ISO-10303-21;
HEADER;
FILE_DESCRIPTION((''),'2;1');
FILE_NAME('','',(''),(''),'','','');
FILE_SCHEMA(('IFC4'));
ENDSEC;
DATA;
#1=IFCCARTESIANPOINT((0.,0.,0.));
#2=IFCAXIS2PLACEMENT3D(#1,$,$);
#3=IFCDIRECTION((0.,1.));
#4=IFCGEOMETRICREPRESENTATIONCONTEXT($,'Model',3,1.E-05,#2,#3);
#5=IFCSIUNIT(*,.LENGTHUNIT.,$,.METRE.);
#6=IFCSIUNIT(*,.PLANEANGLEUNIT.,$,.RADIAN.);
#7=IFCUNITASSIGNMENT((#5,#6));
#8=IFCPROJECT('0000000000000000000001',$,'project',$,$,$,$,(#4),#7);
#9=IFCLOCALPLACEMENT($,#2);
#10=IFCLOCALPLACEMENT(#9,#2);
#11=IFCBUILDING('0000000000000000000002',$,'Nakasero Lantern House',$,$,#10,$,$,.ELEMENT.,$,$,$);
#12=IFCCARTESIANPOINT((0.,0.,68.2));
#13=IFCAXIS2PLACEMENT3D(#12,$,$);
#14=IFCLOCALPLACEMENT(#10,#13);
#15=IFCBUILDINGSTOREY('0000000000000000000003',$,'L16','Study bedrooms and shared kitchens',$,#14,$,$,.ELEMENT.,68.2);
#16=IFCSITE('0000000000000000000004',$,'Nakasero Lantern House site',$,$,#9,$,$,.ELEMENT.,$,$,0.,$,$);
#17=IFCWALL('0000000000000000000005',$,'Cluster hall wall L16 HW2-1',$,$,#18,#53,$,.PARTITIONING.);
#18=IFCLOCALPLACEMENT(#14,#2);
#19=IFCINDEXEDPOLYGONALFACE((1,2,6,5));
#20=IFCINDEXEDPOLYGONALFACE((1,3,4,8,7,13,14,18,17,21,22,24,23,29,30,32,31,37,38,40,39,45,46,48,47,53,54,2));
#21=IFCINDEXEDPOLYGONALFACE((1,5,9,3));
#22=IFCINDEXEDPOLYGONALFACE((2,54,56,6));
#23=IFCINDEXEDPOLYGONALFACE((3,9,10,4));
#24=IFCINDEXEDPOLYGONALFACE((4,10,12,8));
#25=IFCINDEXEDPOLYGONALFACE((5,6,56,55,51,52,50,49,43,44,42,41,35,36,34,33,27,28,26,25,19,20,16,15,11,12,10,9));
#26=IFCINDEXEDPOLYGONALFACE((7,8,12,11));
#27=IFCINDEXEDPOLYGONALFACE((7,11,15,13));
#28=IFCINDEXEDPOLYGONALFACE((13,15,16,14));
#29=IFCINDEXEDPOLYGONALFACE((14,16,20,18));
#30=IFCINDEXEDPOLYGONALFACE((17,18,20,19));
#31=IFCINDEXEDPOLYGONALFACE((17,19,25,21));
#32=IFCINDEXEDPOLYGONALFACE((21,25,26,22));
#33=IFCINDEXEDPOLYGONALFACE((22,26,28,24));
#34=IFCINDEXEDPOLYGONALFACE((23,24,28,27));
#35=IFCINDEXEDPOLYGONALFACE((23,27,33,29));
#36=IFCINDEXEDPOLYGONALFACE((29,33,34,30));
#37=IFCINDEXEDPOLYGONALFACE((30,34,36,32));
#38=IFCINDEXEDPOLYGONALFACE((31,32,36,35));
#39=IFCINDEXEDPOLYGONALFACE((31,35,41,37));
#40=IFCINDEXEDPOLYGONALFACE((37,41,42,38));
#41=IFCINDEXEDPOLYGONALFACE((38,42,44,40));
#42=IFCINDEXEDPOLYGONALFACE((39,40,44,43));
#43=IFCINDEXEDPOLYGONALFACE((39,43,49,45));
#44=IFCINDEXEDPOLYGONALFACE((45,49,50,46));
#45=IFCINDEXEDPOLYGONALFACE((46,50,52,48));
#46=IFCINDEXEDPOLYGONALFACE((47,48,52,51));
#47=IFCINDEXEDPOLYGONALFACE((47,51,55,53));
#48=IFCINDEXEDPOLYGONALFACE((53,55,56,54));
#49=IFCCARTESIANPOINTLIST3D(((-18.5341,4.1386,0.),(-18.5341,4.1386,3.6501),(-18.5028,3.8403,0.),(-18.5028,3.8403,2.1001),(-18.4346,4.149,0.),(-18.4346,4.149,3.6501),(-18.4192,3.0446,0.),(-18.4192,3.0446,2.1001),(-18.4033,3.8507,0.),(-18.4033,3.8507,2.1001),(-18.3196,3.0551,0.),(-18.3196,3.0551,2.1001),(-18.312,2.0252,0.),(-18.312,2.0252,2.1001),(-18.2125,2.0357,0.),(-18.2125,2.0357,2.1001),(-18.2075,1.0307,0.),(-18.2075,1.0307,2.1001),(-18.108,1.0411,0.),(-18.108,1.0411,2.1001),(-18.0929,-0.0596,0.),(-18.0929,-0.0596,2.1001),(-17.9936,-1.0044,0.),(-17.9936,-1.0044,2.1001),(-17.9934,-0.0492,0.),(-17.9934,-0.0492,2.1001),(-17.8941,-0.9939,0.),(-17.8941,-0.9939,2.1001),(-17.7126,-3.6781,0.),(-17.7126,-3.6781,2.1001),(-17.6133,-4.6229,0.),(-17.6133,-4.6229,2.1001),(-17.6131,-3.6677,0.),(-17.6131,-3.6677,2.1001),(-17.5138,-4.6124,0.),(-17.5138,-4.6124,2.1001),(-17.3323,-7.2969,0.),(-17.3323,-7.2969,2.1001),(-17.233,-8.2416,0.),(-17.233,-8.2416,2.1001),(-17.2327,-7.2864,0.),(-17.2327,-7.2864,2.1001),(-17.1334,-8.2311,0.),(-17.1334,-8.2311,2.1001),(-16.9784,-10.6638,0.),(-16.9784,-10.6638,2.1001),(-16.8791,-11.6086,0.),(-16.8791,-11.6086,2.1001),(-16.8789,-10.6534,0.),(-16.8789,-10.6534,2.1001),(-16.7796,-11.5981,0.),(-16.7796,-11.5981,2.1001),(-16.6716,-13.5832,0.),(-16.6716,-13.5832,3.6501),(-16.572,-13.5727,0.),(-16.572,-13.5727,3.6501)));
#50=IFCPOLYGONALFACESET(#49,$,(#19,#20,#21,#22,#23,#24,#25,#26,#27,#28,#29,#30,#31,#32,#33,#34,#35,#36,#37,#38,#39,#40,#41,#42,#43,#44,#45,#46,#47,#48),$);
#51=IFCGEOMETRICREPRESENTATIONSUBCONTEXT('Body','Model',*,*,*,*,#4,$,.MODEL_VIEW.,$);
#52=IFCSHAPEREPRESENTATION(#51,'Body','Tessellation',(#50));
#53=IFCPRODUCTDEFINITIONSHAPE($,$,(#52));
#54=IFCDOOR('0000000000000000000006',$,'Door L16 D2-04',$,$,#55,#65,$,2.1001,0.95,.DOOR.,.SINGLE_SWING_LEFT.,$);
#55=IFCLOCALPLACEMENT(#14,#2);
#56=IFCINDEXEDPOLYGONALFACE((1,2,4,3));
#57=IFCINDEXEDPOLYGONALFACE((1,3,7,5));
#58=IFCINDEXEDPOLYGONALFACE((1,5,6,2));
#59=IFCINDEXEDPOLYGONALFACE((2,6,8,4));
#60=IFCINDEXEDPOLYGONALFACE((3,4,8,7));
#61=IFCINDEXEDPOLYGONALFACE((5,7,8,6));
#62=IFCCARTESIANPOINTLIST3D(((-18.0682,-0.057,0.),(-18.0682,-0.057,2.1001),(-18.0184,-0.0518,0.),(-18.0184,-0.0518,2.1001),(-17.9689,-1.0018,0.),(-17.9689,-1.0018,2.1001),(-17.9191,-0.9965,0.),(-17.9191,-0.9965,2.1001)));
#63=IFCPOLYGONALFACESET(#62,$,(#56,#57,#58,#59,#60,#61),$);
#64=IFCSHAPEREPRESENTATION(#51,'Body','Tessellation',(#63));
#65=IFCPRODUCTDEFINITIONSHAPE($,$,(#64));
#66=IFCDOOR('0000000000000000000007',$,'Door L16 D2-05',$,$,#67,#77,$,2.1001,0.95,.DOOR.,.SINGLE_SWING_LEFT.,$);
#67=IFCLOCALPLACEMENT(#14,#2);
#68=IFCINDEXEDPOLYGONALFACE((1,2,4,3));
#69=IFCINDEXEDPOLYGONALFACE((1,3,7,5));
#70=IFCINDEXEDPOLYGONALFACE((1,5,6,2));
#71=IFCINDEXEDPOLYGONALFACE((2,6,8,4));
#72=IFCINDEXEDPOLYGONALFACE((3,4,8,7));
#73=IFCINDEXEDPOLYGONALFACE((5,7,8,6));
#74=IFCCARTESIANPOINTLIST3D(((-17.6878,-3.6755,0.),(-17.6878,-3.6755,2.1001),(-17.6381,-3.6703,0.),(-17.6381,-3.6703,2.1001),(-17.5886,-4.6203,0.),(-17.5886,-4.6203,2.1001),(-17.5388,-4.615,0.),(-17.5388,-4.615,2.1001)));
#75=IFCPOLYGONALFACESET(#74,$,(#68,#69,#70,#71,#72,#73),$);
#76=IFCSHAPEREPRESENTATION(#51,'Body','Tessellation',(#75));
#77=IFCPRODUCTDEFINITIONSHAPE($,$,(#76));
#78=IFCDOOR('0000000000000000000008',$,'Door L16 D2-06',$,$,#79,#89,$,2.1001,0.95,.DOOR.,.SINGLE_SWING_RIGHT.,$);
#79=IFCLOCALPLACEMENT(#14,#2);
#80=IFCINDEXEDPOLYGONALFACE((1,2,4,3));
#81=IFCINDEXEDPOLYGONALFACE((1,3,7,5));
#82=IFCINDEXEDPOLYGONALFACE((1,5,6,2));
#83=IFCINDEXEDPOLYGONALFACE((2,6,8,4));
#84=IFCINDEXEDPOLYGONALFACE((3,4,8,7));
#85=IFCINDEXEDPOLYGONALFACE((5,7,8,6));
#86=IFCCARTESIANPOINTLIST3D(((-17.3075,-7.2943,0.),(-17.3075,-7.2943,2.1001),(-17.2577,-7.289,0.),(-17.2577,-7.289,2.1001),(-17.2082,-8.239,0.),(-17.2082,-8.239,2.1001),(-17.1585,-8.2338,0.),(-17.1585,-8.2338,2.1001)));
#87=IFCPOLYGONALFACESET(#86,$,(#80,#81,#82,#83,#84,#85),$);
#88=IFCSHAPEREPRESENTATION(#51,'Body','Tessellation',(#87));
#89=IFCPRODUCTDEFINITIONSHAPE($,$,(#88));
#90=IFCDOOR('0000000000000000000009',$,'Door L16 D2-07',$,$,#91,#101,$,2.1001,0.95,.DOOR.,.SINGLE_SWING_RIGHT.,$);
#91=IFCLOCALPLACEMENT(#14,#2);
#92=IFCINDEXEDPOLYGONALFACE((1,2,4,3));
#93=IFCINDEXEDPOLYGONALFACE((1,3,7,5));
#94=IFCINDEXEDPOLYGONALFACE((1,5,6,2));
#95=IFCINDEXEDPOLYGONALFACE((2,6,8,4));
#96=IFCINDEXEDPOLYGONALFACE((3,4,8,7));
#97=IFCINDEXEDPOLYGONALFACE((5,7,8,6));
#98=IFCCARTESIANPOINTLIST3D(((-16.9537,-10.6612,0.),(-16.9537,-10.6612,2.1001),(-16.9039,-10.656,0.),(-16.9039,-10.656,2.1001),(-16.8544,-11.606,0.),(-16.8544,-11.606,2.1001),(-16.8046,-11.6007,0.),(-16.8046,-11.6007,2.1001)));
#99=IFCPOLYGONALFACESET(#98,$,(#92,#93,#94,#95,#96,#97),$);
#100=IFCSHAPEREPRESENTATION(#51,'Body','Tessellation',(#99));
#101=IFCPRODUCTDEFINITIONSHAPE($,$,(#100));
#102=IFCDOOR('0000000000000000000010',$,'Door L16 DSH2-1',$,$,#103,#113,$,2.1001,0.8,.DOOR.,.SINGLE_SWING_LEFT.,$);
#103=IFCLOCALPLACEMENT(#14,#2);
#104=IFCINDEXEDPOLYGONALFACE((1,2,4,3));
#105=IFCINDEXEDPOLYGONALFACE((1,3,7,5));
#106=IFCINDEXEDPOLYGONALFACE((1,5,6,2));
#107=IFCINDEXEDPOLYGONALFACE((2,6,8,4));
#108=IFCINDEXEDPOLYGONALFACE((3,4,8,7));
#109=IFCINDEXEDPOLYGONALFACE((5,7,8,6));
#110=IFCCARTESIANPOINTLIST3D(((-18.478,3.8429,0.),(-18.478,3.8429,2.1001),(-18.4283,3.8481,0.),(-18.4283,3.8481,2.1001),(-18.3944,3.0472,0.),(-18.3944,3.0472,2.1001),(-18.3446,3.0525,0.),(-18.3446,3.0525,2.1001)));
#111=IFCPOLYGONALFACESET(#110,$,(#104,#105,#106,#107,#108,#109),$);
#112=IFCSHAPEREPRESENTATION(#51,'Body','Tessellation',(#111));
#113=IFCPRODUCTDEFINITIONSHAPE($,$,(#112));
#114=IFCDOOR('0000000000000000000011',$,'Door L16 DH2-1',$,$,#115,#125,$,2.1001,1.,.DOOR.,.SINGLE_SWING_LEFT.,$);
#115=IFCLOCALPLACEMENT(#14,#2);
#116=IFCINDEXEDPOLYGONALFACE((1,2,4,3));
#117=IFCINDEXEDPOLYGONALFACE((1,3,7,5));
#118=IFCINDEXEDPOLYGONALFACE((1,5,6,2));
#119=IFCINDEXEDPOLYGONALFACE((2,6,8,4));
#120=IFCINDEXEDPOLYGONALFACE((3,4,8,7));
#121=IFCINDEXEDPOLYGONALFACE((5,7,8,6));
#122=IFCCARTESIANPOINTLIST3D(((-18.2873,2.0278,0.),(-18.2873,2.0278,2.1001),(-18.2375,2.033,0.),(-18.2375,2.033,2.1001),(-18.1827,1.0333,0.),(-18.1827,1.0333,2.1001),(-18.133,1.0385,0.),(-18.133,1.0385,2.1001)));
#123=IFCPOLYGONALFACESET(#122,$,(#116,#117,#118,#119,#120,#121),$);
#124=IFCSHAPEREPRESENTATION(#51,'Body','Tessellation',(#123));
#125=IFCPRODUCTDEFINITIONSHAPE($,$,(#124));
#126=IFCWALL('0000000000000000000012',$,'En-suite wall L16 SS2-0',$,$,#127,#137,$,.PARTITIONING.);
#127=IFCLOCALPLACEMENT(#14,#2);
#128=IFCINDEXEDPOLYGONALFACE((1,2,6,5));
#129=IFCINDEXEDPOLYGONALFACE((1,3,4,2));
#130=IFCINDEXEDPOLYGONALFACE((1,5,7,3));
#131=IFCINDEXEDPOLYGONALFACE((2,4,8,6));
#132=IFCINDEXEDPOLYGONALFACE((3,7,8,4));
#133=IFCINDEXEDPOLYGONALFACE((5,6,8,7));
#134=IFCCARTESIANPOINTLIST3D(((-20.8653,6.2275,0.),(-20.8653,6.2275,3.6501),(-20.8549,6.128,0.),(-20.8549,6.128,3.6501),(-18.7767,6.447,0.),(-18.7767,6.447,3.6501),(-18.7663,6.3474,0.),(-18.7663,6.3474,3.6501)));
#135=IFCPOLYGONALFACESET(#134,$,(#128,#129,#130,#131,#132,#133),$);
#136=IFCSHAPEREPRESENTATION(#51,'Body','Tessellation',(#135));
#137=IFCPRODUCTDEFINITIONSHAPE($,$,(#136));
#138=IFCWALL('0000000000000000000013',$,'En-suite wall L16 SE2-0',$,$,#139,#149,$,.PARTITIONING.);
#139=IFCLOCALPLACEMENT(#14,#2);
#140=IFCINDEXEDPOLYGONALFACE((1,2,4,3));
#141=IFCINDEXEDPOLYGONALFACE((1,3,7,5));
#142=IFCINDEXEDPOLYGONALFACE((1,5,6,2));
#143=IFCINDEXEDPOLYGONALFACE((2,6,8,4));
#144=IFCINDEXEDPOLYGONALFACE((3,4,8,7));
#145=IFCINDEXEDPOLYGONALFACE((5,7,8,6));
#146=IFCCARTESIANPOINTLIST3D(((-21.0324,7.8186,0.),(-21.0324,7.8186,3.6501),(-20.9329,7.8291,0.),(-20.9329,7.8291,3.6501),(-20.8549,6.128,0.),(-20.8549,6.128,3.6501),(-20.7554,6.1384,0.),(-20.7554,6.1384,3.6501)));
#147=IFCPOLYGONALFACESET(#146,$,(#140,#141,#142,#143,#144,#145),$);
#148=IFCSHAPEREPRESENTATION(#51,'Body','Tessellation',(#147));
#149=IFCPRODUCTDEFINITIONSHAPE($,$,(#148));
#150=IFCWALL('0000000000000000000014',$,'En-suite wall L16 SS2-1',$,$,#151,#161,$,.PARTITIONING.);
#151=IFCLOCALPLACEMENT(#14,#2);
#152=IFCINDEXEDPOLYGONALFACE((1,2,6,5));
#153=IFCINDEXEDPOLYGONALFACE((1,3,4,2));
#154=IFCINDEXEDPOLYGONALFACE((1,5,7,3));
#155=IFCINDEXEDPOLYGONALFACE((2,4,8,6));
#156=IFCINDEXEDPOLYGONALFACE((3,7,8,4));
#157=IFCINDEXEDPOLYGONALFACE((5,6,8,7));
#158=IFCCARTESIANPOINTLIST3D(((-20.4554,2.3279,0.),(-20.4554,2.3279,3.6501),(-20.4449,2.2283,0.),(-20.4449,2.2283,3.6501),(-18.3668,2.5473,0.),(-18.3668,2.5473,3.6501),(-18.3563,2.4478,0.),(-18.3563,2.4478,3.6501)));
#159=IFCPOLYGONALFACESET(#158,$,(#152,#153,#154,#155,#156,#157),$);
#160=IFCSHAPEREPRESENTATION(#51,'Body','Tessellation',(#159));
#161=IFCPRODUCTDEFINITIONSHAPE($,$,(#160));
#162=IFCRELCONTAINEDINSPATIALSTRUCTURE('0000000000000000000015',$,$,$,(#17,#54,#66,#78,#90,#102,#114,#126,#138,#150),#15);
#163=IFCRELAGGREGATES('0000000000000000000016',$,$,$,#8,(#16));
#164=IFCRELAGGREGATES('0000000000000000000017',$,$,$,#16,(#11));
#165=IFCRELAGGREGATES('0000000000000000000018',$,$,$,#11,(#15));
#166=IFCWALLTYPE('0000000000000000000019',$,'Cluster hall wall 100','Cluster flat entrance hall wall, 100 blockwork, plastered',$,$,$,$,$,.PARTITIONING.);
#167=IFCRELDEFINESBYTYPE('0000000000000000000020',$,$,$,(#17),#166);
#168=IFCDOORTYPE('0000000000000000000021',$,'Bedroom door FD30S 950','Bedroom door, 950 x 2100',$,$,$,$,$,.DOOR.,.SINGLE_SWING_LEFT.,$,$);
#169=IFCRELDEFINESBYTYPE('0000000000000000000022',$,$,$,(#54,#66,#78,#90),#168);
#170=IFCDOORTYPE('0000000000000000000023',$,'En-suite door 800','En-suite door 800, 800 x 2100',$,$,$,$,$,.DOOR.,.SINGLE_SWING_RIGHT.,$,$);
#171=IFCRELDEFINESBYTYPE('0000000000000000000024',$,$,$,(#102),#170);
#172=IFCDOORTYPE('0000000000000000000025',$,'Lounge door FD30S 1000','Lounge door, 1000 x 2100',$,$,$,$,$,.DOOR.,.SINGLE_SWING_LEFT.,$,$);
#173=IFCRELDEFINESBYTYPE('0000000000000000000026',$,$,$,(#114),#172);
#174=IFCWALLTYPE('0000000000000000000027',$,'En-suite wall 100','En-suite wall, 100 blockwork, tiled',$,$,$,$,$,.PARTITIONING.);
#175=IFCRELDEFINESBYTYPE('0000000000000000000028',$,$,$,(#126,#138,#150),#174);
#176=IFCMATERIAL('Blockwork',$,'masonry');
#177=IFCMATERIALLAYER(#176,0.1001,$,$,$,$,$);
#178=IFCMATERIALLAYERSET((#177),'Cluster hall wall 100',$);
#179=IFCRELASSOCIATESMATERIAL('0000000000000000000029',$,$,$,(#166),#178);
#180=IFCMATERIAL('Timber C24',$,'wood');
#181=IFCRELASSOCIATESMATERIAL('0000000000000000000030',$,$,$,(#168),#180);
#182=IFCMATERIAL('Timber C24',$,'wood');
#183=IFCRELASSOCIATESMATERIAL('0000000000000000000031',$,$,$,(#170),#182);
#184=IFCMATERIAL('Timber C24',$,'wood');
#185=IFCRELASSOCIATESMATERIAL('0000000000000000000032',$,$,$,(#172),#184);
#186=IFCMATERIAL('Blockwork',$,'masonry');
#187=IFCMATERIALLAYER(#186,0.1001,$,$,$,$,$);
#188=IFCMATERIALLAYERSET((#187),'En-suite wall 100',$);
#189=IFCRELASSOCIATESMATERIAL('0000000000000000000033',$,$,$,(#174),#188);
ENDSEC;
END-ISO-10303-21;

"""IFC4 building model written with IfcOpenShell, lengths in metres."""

from ifc_helpers import new_model, si_unit, direction, frame, frame_2d, origin, place, context, subcontext, project, spatial, rectangle, extrude, material, layer, layer_set, type_object, element, fill, save


model = new_model("IFC4")

# Units and contexts
model_context = context("Model", 3, precision=1e-05, world=origin(), true_north=direction((0.0, 1.0)))
body_context = subcontext(model_context, "Body", "Model", "MODEL_VIEW")
ifc_project = project(units=[si_unit("LENGTHUNIT", "METRE"), si_unit("PLANEANGLEUNIT", "RADIAN")], contexts=[model_context])

# Site, building, storey
site_placement = place(None, origin())
site = spatial("IfcSite", under=ifc_project, at=site_placement, Name="Nakasero Lantern House site", CompositionType="ELEMENT", RefElevation=0.0)
building_placement = place(site_placement, origin())
building = spatial("IfcBuilding", under=site, at=building_placement, Name="Nakasero Lantern House", CompositionType="ELEMENT")
storey_placement = place(building_placement, frame((0.0, 0.0, 68.2)))
storey = spatial("IfcBuildingStorey", under=building, at=storey_placement, Name="L16", Description="Study bedrooms and shared kitchens", CompositionType="ELEMENT", Elevation=68.2)

# Wall, openings, doors
ifc_material_1 = material(Name="Blockwork", Category="masonry")
ifc_layer_1 = layer(ifc_material_1, 0.1001)
ifc_layer_set_1 = layer_set([ifc_layer_1], Name="Cluster hall wall 100")
wall_type_1 = type_object("IfcWallType", Name="Cluster hall wall 100", Description="Cluster flat entrance hall wall, 100 blockwork, plastered", PredefinedType="PARTITIONING", material=ifc_layer_set_1)
wall_1_placement = place(storey_placement, frame((-18.4844, 4.1438, 0.0), z_axis=(0.0, 0.0, 1.0), x_axis=(0.104524, -0.994522, 0.0)))
wall_1 = element("IfcWall", 1, at=wall_1_placement, inside=storey, type_object=wall_type_1, Name="Cluster hall wall L16 HW2-1", PredefinedType="PARTITIONING", context=body_context, shape_type="SweptSolid", body=[
    extrude(rectangle(XDim=17.8193, YDim=0.1001, at=frame_2d((8.9097, 0.0))), origin(), (0.0, 0.0, 1.0), 3.6501),
])
opening_1_placement = place(wall_1_placement, frame((2.125, 0.0, 0.0)))
opening_1 = element("IfcOpeningElement", 2, at=opening_1_placement, cuts=wall_1, PredefinedType="OPENING", context=body_context, shape_type="SweptSolid", body=[
    extrude(rectangle(XDim=1.0, YDim=2.1001, at=frame_2d((0.5, 1.05))), frame((0.0, 0.0701, 0.0), z_axis=(0.0, -1.0, 0.0), x_axis=(1.0, 0.0, 0.0)), (0.0, 0.0, 1.0), 0.1401),
])
opening_2_placement = place(wall_1_placement, frame((0.3, 0.0, 0.0)))
opening_2 = element("IfcOpeningElement", 3, at=opening_2_placement, cuts=wall_1, PredefinedType="OPENING", context=body_context, shape_type="SweptSolid", body=[
    extrude(rectangle(XDim=0.8, YDim=2.1001, at=frame_2d((0.3999, 1.05))), frame((0.0, 0.0701, 0.0), z_axis=(0.0, -1.0, 0.0), x_axis=(1.0, 0.0, 0.0)), (0.0, 0.0, 1.0), 0.1401),
])
opening_3_placement = place(wall_1_placement, frame((4.2212, 0.0, 0.0)))
opening_3 = element("IfcOpeningElement", 4, at=opening_3_placement, cuts=wall_1, PredefinedType="OPENING", context=body_context, shape_type="SweptSolid", body=[
    extrude(rectangle(XDim=0.95, YDim=2.1001, at=frame_2d((0.4751, 1.05))), frame((0.0, 0.0701, 0.0), z_axis=(0.0, -1.0, 0.0), x_axis=(1.0, 0.0, 0.0)), (0.0, 0.0, 1.0), 0.1401),
])
opening_4_placement = place(wall_1_placement, frame((7.8596, 0.0, 0.0)))
opening_4 = element("IfcOpeningElement", 5, at=opening_4_placement, cuts=wall_1, PredefinedType="OPENING", context=body_context, shape_type="SweptSolid", body=[
    extrude(rectangle(XDim=0.95, YDim=2.1001, at=frame_2d((0.4751, 1.05))), frame((0.0, 0.0701, 0.0), z_axis=(0.0, -1.0, 0.0), x_axis=(1.0, 0.0, 0.0)), (0.0, 0.0, 1.0), 0.1401),
])
opening_5_placement = place(wall_1_placement, frame((11.4983, 0.0, 0.0)))
opening_5 = element("IfcOpeningElement", 6, at=opening_5_placement, cuts=wall_1, PredefinedType="OPENING", context=body_context, shape_type="SweptSolid", body=[
    extrude(rectangle(XDim=0.95, YDim=2.1001, at=frame_2d((0.4751, 1.05))), frame((0.0, 0.0701, 0.0), z_axis=(0.0, -1.0, 0.0), x_axis=(1.0, 0.0, 0.0)), (0.0, 0.0, 1.0), 0.1401),
])
opening_6_placement = place(wall_1_placement, frame((14.8838, 0.0, 0.0)))
opening_6 = element("IfcOpeningElement", 7, at=opening_6_placement, cuts=wall_1, PredefinedType="OPENING", context=body_context, shape_type="SweptSolid", body=[
    extrude(rectangle(XDim=0.95, YDim=2.1001, at=frame_2d((0.4751, 1.05))), frame((0.0, 0.0701, 0.0), z_axis=(0.0, -1.0, 0.0), x_axis=(1.0, 0.0, 0.0)), (0.0, 0.0, 1.0), 0.1401),
])
ifc_material_2 = material(Name="Timber C24", Category="wood")
door_type_1 = type_object("IfcDoorType", Name="Bedroom door FD30S 950", Description="Bedroom door, 950 x 2100", OperationType="SINGLE_SWING_LEFT", PredefinedType="DOOR", material=ifc_material_2)
door_1_placement = place(opening_3_placement, origin())
door_1 = element("IfcDoor", 8, at=door_1_placement, inside=storey, type_object=door_type_1, Name="Door L16 D2-04", OperationType="SINGLE_SWING_LEFT", OverallHeight=2.1001, OverallWidth=0.95, PredefinedType="DOOR", context=body_context, shape_type="SweptSolid", body=[
    extrude(rectangle(XDim=0.95, YDim=2.1001, at=frame_2d((0.4751, 1.05))), frame((0.0, 0.0249, 0.0), z_axis=(0.0, -1.0, 0.0), x_axis=(1.0, 0.0, 0.0)), (0.0, 0.0, 1.0), 0.05),
])
fill(opening_3, door_1)
door_2_placement = place(opening_4_placement, origin())
door_2 = element("IfcDoor", 9, at=door_2_placement, inside=storey, type_object=door_type_1, Name="Door L16 D2-05", OperationType="SINGLE_SWING_LEFT", OverallHeight=2.1001, OverallWidth=0.95, PredefinedType="DOOR", context=body_context, shape_type="SweptSolid", body=[
    extrude(rectangle(XDim=0.95, YDim=2.1001, at=frame_2d((0.4751, 1.05))), frame((0.0, 0.0249, 0.0), z_axis=(0.0, -1.0, 0.0), x_axis=(1.0, 0.0, 0.0)), (0.0, 0.0, 1.0), 0.05),
])
fill(opening_4, door_2)
door_3_placement = place(opening_5_placement, origin())
door_3 = element("IfcDoor", 10, at=door_3_placement, inside=storey, type_object=door_type_1, Name="Door L16 D2-06", OperationType="SINGLE_SWING_RIGHT", OverallHeight=2.1001, OverallWidth=0.95, PredefinedType="DOOR", context=body_context, shape_type="SweptSolid", body=[
    extrude(rectangle(XDim=0.95, YDim=2.1001, at=frame_2d((0.4751, 1.05))), frame((0.0, 0.0249, 0.0), z_axis=(0.0, -1.0, 0.0), x_axis=(1.0, 0.0, 0.0)), (0.0, 0.0, 1.0), 0.05),
])
fill(opening_5, door_3)
door_4_placement = place(opening_6_placement, origin())
door_4 = element("IfcDoor", 11, at=door_4_placement, inside=storey, type_object=door_type_1, Name="Door L16 D2-07", OperationType="SINGLE_SWING_RIGHT", OverallHeight=2.1001, OverallWidth=0.95, PredefinedType="DOOR", context=body_context, shape_type="SweptSolid", body=[
    extrude(rectangle(XDim=0.95, YDim=2.1001, at=frame_2d((0.4751, 1.05))), frame((0.0, 0.0249, 0.0), z_axis=(0.0, -1.0, 0.0), x_axis=(1.0, 0.0, 0.0)), (0.0, 0.0, 1.0), 0.05),
])
fill(opening_6, door_4)
ifc_material_3 = material(Name="Timber C24", Category="wood")
door_type_2 = type_object("IfcDoorType", Name="En-suite door 800", Description="En-suite door 800, 800 x 2100", OperationType="SINGLE_SWING_RIGHT", PredefinedType="DOOR", material=ifc_material_3)
door_5_placement = place(opening_2_placement, origin())
door_5 = element("IfcDoor", 12, at=door_5_placement, inside=storey, type_object=door_type_2, Name="Door L16 DSH2-1", OperationType="SINGLE_SWING_LEFT", OverallHeight=2.1001, OverallWidth=0.8, PredefinedType="DOOR", context=body_context, shape_type="SweptSolid", body=[
    extrude(rectangle(XDim=0.8, YDim=2.1001, at=frame_2d((0.3999, 1.05))), frame((0.0, 0.0249, 0.0), z_axis=(0.0, -1.0, 0.0), x_axis=(1.0, 0.0, 0.0)), (0.0, 0.0, 1.0), 0.05),
])
fill(opening_2, door_5)
ifc_material_4 = material(Name="Timber C24", Category="wood")
door_type_3 = type_object("IfcDoorType", Name="Lounge door FD30S 1000", Description="Lounge door, 1000 x 2100", OperationType="SINGLE_SWING_LEFT", PredefinedType="DOOR", material=ifc_material_4)
door_6_placement = place(opening_1_placement, origin())
door_6 = element("IfcDoor", 13, at=door_6_placement, inside=storey, type_object=door_type_3, Name="Door L16 DH2-1", OperationType="SINGLE_SWING_LEFT", OverallHeight=2.1001, OverallWidth=1.0, PredefinedType="DOOR", context=body_context, shape_type="SweptSolid", body=[
    extrude(rectangle(XDim=1.0, YDim=2.1001, at=frame_2d((0.5, 1.05))), frame((0.0, 0.0249, 0.0), z_axis=(0.0, -1.0, 0.0), x_axis=(1.0, 0.0, 0.0)), (0.0, 0.0, 1.0), 0.05),
])
fill(opening_1, door_6)

# Walls
ifc_material_5 = material(Name="Blockwork", Category="masonry")
ifc_layer_2 = layer(ifc_material_5, 0.1001)
ifc_layer_set_2 = layer_set([ifc_layer_2], Name="En-suite wall 100")
wall_type_2 = type_object("IfcWallType", Name="En-suite wall 100", Description="En-suite wall, 100 blockwork, tiled", PredefinedType="PARTITIONING", material=ifc_layer_set_2)
wall_2_placement = place(storey_placement, frame((-18.7715, 6.3972, 0.0), z_axis=(0.0, 0.0, 1.0), x_axis=(-0.994524, -0.104509, 0.0)))
element("IfcWall", 14, at=wall_2_placement, inside=storey, type_object=wall_type_2, Name="En-suite wall L16 SS2-0", PredefinedType="PARTITIONING", context=body_context, shape_type="SweptSolid", body=[
    extrude(rectangle(XDim=2.1001, YDim=0.1001, at=frame_2d((1.05, 0.0))), origin(), (0.0, 0.0, 1.0), 3.6501),
])
wall_3_placement = place(storey_placement, frame((-20.9827, 7.824, 0.0), z_axis=(0.0, 0.0, 1.0), x_axis=(0.104408, -0.994535, 0.0)))
element("IfcWall", 15, at=wall_3_placement, inside=storey, type_object=wall_type_2, Name="En-suite wall L16 SE2-0", PredefinedType="PARTITIONING", context=body_context, shape_type="SweptSolid", body=[
    extrude(rectangle(XDim=1.7, YDim=0.1001, at=frame_2d((0.8501, 0.0))), origin(), (0.0, 0.0, 1.0), 3.6501),
])
wall_4_placement = place(storey_placement, frame((-18.3616, 2.4976, 0.0), z_axis=(0.0, 0.0, 1.0), x_axis=(-0.994524, -0.104509, 0.0)))
element("IfcWall", 16, at=wall_4_placement, inside=storey, type_object=wall_type_2, Name="En-suite wall L16 SS2-1", PredefinedType="PARTITIONING", context=body_context, shape_type="SweptSolid", body=[
    extrude(rectangle(XDim=2.1001, YDim=0.1001, at=frame_2d((1.05, 0.0))), origin(), (0.0, 0.0, 1.0), 3.6501),
])

save(model, "model.ifc")
